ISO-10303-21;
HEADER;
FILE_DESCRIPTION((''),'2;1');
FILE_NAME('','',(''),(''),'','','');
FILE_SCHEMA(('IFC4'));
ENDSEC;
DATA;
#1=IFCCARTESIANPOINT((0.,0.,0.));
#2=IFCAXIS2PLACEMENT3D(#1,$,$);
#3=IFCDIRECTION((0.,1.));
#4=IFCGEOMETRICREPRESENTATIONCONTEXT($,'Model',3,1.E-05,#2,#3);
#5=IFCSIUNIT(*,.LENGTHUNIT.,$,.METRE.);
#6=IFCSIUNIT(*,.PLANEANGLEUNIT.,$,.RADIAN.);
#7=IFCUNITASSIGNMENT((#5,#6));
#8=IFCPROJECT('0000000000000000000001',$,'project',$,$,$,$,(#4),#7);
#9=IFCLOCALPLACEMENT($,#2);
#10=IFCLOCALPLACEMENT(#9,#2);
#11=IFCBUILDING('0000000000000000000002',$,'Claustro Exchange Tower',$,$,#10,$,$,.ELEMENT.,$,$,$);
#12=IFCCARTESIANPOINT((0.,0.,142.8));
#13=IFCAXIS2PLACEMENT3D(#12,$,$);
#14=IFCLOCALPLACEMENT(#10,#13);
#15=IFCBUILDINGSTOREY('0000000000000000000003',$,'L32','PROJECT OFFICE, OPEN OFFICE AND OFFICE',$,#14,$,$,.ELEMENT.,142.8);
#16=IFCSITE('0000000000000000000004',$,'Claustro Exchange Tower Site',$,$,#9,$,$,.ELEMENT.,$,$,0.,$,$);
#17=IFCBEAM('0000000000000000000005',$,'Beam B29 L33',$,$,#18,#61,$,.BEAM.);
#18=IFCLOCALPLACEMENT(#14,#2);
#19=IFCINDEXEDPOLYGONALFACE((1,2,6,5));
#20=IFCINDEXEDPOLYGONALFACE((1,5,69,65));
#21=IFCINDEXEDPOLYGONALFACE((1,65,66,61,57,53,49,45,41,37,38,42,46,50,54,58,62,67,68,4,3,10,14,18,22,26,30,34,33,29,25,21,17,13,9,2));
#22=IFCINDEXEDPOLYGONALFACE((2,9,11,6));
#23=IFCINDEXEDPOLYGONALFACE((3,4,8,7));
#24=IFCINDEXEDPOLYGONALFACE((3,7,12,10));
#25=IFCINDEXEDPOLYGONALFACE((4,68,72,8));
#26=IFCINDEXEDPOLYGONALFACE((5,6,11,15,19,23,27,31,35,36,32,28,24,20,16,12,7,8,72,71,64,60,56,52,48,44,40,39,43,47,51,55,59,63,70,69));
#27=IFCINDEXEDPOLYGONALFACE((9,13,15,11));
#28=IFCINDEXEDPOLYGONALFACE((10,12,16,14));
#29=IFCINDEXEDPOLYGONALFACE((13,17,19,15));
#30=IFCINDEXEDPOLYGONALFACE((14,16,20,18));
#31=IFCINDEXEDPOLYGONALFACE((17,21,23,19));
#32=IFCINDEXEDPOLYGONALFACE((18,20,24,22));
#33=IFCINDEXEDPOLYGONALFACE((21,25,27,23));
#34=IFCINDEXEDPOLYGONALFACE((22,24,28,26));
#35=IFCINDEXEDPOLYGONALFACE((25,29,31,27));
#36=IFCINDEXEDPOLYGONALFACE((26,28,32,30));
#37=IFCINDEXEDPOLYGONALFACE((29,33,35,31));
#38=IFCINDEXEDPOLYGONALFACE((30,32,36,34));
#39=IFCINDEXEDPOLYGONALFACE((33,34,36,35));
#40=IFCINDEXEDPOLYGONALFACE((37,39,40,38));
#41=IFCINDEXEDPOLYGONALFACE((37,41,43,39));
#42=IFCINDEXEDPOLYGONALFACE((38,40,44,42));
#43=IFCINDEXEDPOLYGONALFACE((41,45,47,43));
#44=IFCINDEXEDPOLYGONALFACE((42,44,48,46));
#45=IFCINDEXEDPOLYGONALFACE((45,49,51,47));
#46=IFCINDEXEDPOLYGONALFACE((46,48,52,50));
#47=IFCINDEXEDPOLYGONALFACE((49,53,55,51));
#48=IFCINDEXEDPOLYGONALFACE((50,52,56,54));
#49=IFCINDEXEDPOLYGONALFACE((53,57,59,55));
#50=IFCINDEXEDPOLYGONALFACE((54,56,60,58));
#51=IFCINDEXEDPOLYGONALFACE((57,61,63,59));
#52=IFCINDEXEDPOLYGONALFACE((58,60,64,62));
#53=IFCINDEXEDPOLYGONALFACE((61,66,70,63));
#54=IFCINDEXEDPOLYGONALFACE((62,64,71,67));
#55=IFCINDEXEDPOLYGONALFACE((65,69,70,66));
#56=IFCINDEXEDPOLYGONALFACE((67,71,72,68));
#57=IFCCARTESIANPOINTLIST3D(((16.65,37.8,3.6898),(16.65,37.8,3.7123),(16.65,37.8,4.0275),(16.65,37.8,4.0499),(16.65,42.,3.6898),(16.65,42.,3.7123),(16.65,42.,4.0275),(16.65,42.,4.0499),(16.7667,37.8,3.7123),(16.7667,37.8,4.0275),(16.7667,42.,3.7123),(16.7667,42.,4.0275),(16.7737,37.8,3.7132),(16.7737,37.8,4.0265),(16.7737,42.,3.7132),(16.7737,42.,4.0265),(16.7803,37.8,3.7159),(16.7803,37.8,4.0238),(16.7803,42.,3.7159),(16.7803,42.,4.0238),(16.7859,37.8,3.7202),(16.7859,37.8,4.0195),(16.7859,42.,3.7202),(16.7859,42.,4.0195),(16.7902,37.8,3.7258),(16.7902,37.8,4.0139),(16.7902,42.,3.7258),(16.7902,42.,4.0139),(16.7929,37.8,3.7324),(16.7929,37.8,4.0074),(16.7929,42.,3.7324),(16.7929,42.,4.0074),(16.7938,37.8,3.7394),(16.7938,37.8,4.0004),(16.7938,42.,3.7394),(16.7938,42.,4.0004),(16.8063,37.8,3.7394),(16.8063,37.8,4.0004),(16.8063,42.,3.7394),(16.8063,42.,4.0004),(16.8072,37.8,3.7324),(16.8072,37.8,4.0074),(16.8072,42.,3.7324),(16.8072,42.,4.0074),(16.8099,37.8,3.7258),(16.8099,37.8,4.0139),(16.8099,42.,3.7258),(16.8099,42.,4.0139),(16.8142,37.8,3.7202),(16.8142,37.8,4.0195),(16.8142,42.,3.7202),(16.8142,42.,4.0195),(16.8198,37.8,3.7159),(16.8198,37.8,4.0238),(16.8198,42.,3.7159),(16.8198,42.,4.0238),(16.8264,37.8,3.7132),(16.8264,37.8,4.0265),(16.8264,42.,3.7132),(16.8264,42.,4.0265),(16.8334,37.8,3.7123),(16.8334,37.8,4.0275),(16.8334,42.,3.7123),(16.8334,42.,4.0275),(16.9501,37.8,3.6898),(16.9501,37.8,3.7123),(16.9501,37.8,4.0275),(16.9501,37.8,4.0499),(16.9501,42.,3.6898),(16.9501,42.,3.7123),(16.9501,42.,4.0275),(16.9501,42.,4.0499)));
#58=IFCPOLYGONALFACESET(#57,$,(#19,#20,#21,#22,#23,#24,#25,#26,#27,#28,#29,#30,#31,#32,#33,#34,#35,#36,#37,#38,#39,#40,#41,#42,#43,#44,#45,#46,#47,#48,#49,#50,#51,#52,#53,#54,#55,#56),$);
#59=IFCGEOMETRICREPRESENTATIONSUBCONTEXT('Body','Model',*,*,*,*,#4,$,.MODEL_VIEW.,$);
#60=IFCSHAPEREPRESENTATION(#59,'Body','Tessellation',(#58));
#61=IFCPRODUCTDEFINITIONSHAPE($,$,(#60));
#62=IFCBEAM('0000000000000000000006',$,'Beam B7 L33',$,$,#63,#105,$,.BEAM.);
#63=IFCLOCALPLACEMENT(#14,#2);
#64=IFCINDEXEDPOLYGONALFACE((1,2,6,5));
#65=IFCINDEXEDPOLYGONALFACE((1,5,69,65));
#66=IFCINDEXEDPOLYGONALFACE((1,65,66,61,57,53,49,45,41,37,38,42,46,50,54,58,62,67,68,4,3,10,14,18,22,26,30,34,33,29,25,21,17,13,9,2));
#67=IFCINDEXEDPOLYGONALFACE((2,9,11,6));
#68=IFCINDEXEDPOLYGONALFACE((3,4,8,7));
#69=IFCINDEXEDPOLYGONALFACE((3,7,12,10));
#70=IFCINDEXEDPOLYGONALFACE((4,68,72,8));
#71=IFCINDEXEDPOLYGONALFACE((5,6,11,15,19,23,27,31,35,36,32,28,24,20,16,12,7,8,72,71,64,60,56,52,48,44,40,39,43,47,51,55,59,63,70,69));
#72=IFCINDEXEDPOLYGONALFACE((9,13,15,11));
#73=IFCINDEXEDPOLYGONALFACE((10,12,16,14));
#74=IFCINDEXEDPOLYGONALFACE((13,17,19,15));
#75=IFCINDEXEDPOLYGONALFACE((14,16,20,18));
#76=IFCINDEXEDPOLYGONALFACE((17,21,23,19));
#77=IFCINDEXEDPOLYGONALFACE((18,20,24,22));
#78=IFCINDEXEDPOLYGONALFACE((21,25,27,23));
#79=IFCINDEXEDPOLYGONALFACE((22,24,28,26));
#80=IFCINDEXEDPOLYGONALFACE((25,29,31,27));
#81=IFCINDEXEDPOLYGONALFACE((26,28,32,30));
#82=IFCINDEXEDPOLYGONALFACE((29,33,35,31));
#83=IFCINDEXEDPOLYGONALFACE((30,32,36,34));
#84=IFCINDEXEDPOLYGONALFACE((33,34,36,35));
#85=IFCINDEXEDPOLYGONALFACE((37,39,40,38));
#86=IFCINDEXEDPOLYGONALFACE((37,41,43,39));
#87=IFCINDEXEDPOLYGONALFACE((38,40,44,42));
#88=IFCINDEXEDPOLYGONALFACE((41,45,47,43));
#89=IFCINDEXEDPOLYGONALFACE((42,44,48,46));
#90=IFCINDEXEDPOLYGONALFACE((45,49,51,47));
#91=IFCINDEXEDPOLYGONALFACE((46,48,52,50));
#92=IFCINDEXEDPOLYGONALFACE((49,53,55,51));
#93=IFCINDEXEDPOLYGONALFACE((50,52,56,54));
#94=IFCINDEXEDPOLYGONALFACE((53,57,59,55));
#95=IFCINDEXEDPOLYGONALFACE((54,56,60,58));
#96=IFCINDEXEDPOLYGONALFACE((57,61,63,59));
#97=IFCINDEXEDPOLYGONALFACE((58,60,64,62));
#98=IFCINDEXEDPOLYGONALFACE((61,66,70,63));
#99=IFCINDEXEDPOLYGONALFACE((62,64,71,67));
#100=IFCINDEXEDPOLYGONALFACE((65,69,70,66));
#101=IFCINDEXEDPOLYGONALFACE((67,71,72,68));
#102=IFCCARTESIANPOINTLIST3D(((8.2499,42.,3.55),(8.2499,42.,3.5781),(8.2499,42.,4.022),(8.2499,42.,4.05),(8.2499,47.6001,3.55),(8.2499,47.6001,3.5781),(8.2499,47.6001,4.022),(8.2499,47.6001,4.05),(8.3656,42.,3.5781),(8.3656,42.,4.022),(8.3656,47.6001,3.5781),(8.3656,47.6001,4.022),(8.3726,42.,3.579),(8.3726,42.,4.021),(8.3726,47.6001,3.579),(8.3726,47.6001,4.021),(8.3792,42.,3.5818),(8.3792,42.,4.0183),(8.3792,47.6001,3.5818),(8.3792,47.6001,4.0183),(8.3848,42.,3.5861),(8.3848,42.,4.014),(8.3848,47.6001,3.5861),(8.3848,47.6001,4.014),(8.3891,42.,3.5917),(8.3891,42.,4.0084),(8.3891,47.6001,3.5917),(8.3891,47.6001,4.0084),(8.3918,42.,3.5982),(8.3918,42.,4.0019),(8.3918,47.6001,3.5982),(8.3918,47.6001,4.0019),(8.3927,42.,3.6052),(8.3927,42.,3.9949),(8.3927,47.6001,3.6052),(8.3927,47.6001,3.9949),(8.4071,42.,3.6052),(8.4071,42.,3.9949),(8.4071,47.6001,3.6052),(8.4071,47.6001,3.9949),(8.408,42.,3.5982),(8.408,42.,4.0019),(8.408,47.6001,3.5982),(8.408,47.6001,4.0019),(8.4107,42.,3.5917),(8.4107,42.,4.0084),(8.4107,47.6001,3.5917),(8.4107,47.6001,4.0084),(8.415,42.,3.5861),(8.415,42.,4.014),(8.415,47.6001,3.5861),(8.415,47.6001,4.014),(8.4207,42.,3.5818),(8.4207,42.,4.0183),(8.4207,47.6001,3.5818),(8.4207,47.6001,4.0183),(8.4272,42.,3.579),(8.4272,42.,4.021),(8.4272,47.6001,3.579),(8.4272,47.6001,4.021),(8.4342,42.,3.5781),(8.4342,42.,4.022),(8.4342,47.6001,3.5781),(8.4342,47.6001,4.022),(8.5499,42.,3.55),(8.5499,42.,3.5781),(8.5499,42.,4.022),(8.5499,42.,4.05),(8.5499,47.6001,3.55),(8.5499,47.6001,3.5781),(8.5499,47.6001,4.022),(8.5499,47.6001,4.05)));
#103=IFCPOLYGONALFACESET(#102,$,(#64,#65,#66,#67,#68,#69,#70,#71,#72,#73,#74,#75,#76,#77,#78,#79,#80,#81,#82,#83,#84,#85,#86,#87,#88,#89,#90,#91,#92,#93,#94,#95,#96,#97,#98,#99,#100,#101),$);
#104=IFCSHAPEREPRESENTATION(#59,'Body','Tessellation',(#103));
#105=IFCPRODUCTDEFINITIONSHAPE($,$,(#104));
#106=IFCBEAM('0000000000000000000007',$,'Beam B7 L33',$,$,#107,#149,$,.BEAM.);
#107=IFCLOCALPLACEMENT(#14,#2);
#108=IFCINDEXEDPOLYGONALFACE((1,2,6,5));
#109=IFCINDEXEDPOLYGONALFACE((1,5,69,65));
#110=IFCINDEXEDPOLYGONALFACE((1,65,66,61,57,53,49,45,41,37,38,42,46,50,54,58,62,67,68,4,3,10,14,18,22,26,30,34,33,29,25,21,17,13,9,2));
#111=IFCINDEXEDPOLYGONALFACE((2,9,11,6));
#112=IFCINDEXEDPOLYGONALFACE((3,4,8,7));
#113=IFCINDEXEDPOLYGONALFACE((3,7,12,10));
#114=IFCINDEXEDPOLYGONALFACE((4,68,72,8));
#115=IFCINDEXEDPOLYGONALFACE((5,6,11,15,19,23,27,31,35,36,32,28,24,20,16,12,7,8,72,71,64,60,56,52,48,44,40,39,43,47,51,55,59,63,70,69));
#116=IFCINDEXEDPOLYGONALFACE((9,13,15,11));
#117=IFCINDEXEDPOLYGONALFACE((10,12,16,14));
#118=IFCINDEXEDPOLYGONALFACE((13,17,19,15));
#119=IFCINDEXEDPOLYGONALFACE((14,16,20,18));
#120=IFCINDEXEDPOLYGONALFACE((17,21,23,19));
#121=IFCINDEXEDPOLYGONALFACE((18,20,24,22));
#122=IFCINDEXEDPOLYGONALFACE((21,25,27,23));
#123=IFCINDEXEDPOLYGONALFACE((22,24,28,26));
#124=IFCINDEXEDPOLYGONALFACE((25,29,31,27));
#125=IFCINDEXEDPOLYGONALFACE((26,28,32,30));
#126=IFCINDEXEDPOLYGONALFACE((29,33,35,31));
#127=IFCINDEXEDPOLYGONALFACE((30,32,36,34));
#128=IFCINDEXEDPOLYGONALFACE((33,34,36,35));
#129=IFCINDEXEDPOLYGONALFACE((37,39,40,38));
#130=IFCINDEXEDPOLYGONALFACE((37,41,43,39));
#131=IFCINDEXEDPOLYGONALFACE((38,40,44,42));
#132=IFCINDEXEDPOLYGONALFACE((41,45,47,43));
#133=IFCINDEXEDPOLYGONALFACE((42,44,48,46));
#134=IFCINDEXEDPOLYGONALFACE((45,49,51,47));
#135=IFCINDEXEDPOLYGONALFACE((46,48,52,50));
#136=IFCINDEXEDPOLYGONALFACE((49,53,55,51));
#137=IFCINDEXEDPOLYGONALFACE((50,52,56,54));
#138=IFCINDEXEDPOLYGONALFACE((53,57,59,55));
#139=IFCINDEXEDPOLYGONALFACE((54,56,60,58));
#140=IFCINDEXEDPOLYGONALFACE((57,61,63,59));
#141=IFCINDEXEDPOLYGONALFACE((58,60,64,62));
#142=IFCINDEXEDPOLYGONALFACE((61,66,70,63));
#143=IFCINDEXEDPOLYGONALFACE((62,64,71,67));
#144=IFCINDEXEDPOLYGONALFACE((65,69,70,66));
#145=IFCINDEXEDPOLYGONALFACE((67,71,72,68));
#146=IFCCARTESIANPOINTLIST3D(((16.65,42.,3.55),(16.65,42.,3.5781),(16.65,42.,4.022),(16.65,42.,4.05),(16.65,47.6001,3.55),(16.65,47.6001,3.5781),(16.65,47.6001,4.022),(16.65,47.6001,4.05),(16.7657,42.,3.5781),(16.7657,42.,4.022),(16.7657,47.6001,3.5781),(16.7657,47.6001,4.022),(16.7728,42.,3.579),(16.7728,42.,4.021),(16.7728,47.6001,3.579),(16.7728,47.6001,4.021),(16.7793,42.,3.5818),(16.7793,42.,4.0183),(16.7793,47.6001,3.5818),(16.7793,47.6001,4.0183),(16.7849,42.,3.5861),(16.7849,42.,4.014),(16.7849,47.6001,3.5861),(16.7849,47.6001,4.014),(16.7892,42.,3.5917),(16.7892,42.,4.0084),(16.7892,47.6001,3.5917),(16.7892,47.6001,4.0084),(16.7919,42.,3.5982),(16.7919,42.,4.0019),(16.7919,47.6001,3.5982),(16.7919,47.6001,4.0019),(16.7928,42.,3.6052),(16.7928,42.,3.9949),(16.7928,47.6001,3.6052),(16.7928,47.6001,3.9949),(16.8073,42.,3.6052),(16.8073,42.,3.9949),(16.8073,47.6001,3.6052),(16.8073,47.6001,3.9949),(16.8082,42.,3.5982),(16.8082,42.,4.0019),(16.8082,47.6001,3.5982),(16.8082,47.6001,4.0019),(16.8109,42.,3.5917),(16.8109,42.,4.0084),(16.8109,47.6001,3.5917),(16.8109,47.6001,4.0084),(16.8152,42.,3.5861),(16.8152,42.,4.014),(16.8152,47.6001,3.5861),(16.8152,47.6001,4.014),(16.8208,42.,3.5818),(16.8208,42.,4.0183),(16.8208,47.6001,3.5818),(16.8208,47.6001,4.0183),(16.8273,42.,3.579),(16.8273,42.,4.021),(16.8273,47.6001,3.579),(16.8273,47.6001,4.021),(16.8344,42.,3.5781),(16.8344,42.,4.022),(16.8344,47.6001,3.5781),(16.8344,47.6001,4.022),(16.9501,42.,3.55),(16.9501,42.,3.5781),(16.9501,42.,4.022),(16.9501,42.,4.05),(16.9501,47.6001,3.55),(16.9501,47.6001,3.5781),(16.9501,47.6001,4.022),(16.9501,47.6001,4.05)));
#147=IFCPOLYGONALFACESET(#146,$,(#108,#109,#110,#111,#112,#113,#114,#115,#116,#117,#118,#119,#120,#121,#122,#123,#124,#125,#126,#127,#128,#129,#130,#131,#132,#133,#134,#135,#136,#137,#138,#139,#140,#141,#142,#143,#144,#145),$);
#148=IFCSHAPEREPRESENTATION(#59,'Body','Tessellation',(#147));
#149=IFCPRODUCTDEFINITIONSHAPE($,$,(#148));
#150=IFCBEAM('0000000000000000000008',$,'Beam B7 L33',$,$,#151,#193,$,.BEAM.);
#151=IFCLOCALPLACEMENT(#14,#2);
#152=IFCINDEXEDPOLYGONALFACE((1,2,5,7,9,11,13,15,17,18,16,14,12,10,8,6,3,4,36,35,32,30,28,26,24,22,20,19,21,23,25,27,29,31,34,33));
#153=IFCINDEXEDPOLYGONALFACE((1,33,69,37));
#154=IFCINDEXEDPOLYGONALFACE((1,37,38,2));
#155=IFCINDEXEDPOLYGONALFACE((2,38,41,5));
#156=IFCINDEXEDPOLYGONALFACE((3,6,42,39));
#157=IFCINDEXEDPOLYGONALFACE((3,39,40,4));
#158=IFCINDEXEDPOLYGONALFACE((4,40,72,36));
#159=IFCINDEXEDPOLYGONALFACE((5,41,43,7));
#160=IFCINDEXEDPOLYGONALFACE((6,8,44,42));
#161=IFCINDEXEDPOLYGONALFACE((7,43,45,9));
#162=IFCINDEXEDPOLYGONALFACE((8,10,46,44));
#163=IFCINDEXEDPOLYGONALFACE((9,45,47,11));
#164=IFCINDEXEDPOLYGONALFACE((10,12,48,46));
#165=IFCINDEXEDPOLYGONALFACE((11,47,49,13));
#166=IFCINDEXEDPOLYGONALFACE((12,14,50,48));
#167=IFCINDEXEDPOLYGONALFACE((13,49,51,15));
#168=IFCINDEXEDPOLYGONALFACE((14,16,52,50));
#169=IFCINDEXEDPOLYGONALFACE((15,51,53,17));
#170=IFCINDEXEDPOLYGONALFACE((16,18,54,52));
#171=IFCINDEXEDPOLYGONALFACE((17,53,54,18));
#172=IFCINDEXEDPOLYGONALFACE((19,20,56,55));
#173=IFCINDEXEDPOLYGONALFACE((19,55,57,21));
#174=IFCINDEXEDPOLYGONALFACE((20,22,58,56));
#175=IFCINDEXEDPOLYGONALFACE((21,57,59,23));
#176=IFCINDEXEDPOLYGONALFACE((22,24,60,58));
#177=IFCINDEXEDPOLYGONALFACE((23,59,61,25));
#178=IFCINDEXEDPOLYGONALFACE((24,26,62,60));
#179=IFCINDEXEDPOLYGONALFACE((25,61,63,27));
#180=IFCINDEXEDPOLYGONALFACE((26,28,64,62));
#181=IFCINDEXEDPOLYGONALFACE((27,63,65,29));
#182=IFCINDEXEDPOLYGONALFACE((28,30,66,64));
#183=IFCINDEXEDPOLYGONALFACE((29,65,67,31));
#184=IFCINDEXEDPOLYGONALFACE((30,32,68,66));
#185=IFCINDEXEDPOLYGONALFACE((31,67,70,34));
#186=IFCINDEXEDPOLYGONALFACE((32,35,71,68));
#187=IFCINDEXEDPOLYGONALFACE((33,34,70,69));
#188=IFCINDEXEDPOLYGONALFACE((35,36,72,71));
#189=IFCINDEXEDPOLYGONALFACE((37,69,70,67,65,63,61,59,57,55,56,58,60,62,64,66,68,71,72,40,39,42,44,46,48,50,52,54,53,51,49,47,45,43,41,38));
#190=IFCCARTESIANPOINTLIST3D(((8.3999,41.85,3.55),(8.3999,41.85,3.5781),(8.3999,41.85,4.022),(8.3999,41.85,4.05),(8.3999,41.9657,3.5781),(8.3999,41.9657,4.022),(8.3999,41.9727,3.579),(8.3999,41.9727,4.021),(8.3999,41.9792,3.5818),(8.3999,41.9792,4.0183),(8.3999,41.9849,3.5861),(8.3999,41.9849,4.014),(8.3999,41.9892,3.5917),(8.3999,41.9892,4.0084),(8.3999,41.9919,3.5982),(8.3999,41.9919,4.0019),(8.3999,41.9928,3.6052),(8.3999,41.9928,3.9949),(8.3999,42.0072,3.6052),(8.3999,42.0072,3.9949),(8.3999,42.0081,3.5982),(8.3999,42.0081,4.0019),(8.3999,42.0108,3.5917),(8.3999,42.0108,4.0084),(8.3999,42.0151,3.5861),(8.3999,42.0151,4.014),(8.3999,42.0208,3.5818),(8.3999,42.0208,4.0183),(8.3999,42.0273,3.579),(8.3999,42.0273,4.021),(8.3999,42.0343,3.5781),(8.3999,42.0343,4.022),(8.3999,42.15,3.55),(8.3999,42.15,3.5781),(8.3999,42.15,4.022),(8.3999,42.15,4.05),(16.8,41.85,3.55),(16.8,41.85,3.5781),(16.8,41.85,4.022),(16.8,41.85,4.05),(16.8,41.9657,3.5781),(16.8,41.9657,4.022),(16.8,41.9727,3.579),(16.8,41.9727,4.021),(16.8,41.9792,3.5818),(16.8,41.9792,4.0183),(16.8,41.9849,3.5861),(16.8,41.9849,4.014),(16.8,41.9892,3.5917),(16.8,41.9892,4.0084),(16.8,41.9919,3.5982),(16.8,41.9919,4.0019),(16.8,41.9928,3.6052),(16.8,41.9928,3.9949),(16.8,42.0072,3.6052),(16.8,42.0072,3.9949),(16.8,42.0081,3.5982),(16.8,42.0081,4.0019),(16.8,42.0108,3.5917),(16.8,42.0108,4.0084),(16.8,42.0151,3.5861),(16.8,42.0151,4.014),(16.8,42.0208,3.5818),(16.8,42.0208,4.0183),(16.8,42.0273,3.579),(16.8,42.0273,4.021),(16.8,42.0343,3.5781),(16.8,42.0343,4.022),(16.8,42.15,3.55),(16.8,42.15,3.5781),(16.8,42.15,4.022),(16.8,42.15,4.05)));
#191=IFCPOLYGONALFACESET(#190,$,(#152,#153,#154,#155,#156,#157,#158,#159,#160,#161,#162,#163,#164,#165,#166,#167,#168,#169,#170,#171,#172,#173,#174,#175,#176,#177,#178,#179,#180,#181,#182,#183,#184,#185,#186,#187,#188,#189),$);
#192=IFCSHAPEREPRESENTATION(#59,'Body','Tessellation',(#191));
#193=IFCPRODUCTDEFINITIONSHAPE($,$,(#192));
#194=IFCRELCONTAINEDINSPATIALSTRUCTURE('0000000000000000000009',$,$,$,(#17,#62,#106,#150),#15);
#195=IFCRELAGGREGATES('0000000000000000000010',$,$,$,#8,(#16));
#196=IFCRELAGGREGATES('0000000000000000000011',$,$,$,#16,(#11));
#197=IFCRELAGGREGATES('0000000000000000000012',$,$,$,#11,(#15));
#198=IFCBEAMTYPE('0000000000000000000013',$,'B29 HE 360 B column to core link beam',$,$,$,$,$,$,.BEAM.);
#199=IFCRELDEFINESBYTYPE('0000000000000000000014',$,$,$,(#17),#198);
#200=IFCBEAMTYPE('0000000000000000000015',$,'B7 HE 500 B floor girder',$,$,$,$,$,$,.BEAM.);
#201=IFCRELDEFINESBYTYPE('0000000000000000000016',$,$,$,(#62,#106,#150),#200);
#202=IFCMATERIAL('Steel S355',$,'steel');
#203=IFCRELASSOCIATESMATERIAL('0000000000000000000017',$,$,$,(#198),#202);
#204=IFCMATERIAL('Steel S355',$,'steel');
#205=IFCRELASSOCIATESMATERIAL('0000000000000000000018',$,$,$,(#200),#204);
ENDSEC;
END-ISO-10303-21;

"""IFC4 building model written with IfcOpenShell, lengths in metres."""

from ifc_helpers import new_model, si_unit, direction, frame, origin, origin_2d, place, context, subcontext, project, spatial, i_section, extrude, material, material_profile, profile_set, type_object, element, save


model = new_model("IFC4")

# Units and contexts
model_context = context("Model", 3, precision=1e-05, world=origin(), true_north=direction((0.0, 1.0)))
body_context = subcontext(model_context, "Body", "Model", "MODEL_VIEW")
ifc_project = project(units=[si_unit("LENGTHUNIT", "METRE"), si_unit("PLANEANGLEUNIT", "RADIAN")], contexts=[model_context])

# Site, building, storey
site_placement = place(None, origin())
site = spatial("IfcSite", under=ifc_project, at=site_placement, Name="Claustro Exchange Tower Site", CompositionType="ELEMENT", RefElevation=0.0)
building_placement = place(site_placement, origin())
building = spatial("IfcBuilding", under=site, at=building_placement, Name="Claustro Exchange Tower", CompositionType="ELEMENT")
storey_placement = place(building_placement, frame((0.0, 0.0, 142.8)))
storey = spatial("IfcBuildingStorey", under=building, at=storey_placement, Name="L32", Description="PROJECT OFFICE, OPEN OFFICE AND OFFICE", CompositionType="ELEMENT", Elevation=142.8)

# Beams
ifc_material_1 = material(Name="Steel S355", Category="steel")
ifc_material_profile_1 = material_profile(ifc_material_1, i_section(OverallWidth=0.3, OverallDepth=0.3601, WebThickness=0.0125, FlangeThickness=0.0225, FilletRadius=0.0271, at=origin_2d()), Name="HE 360 B")
ifc_profile_set_1 = profile_set([ifc_material_profile_1], Name="Steel S355")
beam_type_1 = type_object("IfcBeamType", Name="B29 HE 360 B column to core link beam", PredefinedType="BEAM", material=ifc_profile_set_1)
for number, where, z_axis, x_axis, name in (
    (1, (16.8, 37.8, 3.8699), (0.0, 1.0, 0.0), (-1.0, 0.0, 0.0), "Beam B29 L33"),
):
    element("IfcBeam", number, at=place(storey_placement, frame(where, z_axis=z_axis, x_axis=x_axis)), inside=storey, type_object=beam_type_1, Name=name, PredefinedType="BEAM", context=body_context, shape_type="SweptSolid", body=[
        extrude(i_section(OverallWidth=0.3, OverallDepth=0.3601, WebThickness=0.0125, FlangeThickness=0.0225, FilletRadius=0.0271, at=origin_2d()), origin(), (0.0, 0.0, 1.0), 4.2),
    ])
ifc_material_2 = material(Name="Steel S355", Category="steel")
ifc_material_profile_2 = material_profile(ifc_material_2, i_section(OverallWidth=0.3, OverallDepth=0.5, WebThickness=0.0144, FlangeThickness=0.0281, FilletRadius=0.0271, at=origin_2d()), Name="HE 500 B")
ifc_profile_set_2 = profile_set([ifc_material_profile_2], Name="Steel S355")
beam_type_2 = type_object("IfcBeamType", Name="B7 HE 500 B floor girder", PredefinedType="BEAM", material=ifc_profile_set_2)
for number, where, z_axis, x_axis, name in (
    (2, (8.3999, 42.0, 3.8), (0.0, 1.0, 0.0), (-1.0, 0.0, 0.0), "Beam B7 L33"),
    (3, (16.8, 42.0, 3.8), (0.0, 1.0, 0.0), (-1.0, 0.0, 0.0), "Beam B7 L33"),
):
    element("IfcBeam", number, at=place(storey_placement, frame(where, z_axis=z_axis, x_axis=x_axis)), inside=storey, type_object=beam_type_2, Name=name, PredefinedType="BEAM", context=body_context, shape_type="SweptSolid", body=[
        extrude(i_section(OverallWidth=0.3, OverallDepth=0.5, WebThickness=0.0144, FlangeThickness=0.0281, FilletRadius=0.0271, at=origin_2d()), origin(), (0.0, 0.0, 1.0), 5.6001),
    ])
beam_1_placement = place(storey_placement, frame((8.3999, 42.0, 3.8), z_axis=(1.0, 0.0, 0.0), x_axis=(0.0, 1.0, 0.0)))
element("IfcBeam", 4, at=beam_1_placement, inside=storey, type_object=beam_type_2, Name="Beam B7 L33", PredefinedType="BEAM", context=body_context, shape_type="SweptSolid", body=[
    extrude(i_section(OverallWidth=0.3, OverallDepth=0.5, WebThickness=0.0144, FlangeThickness=0.0281, FilletRadius=0.0271, at=origin_2d()), origin(), (0.0, 0.0, 1.0), 8.4001),
])

save(model, "model.ifc")
